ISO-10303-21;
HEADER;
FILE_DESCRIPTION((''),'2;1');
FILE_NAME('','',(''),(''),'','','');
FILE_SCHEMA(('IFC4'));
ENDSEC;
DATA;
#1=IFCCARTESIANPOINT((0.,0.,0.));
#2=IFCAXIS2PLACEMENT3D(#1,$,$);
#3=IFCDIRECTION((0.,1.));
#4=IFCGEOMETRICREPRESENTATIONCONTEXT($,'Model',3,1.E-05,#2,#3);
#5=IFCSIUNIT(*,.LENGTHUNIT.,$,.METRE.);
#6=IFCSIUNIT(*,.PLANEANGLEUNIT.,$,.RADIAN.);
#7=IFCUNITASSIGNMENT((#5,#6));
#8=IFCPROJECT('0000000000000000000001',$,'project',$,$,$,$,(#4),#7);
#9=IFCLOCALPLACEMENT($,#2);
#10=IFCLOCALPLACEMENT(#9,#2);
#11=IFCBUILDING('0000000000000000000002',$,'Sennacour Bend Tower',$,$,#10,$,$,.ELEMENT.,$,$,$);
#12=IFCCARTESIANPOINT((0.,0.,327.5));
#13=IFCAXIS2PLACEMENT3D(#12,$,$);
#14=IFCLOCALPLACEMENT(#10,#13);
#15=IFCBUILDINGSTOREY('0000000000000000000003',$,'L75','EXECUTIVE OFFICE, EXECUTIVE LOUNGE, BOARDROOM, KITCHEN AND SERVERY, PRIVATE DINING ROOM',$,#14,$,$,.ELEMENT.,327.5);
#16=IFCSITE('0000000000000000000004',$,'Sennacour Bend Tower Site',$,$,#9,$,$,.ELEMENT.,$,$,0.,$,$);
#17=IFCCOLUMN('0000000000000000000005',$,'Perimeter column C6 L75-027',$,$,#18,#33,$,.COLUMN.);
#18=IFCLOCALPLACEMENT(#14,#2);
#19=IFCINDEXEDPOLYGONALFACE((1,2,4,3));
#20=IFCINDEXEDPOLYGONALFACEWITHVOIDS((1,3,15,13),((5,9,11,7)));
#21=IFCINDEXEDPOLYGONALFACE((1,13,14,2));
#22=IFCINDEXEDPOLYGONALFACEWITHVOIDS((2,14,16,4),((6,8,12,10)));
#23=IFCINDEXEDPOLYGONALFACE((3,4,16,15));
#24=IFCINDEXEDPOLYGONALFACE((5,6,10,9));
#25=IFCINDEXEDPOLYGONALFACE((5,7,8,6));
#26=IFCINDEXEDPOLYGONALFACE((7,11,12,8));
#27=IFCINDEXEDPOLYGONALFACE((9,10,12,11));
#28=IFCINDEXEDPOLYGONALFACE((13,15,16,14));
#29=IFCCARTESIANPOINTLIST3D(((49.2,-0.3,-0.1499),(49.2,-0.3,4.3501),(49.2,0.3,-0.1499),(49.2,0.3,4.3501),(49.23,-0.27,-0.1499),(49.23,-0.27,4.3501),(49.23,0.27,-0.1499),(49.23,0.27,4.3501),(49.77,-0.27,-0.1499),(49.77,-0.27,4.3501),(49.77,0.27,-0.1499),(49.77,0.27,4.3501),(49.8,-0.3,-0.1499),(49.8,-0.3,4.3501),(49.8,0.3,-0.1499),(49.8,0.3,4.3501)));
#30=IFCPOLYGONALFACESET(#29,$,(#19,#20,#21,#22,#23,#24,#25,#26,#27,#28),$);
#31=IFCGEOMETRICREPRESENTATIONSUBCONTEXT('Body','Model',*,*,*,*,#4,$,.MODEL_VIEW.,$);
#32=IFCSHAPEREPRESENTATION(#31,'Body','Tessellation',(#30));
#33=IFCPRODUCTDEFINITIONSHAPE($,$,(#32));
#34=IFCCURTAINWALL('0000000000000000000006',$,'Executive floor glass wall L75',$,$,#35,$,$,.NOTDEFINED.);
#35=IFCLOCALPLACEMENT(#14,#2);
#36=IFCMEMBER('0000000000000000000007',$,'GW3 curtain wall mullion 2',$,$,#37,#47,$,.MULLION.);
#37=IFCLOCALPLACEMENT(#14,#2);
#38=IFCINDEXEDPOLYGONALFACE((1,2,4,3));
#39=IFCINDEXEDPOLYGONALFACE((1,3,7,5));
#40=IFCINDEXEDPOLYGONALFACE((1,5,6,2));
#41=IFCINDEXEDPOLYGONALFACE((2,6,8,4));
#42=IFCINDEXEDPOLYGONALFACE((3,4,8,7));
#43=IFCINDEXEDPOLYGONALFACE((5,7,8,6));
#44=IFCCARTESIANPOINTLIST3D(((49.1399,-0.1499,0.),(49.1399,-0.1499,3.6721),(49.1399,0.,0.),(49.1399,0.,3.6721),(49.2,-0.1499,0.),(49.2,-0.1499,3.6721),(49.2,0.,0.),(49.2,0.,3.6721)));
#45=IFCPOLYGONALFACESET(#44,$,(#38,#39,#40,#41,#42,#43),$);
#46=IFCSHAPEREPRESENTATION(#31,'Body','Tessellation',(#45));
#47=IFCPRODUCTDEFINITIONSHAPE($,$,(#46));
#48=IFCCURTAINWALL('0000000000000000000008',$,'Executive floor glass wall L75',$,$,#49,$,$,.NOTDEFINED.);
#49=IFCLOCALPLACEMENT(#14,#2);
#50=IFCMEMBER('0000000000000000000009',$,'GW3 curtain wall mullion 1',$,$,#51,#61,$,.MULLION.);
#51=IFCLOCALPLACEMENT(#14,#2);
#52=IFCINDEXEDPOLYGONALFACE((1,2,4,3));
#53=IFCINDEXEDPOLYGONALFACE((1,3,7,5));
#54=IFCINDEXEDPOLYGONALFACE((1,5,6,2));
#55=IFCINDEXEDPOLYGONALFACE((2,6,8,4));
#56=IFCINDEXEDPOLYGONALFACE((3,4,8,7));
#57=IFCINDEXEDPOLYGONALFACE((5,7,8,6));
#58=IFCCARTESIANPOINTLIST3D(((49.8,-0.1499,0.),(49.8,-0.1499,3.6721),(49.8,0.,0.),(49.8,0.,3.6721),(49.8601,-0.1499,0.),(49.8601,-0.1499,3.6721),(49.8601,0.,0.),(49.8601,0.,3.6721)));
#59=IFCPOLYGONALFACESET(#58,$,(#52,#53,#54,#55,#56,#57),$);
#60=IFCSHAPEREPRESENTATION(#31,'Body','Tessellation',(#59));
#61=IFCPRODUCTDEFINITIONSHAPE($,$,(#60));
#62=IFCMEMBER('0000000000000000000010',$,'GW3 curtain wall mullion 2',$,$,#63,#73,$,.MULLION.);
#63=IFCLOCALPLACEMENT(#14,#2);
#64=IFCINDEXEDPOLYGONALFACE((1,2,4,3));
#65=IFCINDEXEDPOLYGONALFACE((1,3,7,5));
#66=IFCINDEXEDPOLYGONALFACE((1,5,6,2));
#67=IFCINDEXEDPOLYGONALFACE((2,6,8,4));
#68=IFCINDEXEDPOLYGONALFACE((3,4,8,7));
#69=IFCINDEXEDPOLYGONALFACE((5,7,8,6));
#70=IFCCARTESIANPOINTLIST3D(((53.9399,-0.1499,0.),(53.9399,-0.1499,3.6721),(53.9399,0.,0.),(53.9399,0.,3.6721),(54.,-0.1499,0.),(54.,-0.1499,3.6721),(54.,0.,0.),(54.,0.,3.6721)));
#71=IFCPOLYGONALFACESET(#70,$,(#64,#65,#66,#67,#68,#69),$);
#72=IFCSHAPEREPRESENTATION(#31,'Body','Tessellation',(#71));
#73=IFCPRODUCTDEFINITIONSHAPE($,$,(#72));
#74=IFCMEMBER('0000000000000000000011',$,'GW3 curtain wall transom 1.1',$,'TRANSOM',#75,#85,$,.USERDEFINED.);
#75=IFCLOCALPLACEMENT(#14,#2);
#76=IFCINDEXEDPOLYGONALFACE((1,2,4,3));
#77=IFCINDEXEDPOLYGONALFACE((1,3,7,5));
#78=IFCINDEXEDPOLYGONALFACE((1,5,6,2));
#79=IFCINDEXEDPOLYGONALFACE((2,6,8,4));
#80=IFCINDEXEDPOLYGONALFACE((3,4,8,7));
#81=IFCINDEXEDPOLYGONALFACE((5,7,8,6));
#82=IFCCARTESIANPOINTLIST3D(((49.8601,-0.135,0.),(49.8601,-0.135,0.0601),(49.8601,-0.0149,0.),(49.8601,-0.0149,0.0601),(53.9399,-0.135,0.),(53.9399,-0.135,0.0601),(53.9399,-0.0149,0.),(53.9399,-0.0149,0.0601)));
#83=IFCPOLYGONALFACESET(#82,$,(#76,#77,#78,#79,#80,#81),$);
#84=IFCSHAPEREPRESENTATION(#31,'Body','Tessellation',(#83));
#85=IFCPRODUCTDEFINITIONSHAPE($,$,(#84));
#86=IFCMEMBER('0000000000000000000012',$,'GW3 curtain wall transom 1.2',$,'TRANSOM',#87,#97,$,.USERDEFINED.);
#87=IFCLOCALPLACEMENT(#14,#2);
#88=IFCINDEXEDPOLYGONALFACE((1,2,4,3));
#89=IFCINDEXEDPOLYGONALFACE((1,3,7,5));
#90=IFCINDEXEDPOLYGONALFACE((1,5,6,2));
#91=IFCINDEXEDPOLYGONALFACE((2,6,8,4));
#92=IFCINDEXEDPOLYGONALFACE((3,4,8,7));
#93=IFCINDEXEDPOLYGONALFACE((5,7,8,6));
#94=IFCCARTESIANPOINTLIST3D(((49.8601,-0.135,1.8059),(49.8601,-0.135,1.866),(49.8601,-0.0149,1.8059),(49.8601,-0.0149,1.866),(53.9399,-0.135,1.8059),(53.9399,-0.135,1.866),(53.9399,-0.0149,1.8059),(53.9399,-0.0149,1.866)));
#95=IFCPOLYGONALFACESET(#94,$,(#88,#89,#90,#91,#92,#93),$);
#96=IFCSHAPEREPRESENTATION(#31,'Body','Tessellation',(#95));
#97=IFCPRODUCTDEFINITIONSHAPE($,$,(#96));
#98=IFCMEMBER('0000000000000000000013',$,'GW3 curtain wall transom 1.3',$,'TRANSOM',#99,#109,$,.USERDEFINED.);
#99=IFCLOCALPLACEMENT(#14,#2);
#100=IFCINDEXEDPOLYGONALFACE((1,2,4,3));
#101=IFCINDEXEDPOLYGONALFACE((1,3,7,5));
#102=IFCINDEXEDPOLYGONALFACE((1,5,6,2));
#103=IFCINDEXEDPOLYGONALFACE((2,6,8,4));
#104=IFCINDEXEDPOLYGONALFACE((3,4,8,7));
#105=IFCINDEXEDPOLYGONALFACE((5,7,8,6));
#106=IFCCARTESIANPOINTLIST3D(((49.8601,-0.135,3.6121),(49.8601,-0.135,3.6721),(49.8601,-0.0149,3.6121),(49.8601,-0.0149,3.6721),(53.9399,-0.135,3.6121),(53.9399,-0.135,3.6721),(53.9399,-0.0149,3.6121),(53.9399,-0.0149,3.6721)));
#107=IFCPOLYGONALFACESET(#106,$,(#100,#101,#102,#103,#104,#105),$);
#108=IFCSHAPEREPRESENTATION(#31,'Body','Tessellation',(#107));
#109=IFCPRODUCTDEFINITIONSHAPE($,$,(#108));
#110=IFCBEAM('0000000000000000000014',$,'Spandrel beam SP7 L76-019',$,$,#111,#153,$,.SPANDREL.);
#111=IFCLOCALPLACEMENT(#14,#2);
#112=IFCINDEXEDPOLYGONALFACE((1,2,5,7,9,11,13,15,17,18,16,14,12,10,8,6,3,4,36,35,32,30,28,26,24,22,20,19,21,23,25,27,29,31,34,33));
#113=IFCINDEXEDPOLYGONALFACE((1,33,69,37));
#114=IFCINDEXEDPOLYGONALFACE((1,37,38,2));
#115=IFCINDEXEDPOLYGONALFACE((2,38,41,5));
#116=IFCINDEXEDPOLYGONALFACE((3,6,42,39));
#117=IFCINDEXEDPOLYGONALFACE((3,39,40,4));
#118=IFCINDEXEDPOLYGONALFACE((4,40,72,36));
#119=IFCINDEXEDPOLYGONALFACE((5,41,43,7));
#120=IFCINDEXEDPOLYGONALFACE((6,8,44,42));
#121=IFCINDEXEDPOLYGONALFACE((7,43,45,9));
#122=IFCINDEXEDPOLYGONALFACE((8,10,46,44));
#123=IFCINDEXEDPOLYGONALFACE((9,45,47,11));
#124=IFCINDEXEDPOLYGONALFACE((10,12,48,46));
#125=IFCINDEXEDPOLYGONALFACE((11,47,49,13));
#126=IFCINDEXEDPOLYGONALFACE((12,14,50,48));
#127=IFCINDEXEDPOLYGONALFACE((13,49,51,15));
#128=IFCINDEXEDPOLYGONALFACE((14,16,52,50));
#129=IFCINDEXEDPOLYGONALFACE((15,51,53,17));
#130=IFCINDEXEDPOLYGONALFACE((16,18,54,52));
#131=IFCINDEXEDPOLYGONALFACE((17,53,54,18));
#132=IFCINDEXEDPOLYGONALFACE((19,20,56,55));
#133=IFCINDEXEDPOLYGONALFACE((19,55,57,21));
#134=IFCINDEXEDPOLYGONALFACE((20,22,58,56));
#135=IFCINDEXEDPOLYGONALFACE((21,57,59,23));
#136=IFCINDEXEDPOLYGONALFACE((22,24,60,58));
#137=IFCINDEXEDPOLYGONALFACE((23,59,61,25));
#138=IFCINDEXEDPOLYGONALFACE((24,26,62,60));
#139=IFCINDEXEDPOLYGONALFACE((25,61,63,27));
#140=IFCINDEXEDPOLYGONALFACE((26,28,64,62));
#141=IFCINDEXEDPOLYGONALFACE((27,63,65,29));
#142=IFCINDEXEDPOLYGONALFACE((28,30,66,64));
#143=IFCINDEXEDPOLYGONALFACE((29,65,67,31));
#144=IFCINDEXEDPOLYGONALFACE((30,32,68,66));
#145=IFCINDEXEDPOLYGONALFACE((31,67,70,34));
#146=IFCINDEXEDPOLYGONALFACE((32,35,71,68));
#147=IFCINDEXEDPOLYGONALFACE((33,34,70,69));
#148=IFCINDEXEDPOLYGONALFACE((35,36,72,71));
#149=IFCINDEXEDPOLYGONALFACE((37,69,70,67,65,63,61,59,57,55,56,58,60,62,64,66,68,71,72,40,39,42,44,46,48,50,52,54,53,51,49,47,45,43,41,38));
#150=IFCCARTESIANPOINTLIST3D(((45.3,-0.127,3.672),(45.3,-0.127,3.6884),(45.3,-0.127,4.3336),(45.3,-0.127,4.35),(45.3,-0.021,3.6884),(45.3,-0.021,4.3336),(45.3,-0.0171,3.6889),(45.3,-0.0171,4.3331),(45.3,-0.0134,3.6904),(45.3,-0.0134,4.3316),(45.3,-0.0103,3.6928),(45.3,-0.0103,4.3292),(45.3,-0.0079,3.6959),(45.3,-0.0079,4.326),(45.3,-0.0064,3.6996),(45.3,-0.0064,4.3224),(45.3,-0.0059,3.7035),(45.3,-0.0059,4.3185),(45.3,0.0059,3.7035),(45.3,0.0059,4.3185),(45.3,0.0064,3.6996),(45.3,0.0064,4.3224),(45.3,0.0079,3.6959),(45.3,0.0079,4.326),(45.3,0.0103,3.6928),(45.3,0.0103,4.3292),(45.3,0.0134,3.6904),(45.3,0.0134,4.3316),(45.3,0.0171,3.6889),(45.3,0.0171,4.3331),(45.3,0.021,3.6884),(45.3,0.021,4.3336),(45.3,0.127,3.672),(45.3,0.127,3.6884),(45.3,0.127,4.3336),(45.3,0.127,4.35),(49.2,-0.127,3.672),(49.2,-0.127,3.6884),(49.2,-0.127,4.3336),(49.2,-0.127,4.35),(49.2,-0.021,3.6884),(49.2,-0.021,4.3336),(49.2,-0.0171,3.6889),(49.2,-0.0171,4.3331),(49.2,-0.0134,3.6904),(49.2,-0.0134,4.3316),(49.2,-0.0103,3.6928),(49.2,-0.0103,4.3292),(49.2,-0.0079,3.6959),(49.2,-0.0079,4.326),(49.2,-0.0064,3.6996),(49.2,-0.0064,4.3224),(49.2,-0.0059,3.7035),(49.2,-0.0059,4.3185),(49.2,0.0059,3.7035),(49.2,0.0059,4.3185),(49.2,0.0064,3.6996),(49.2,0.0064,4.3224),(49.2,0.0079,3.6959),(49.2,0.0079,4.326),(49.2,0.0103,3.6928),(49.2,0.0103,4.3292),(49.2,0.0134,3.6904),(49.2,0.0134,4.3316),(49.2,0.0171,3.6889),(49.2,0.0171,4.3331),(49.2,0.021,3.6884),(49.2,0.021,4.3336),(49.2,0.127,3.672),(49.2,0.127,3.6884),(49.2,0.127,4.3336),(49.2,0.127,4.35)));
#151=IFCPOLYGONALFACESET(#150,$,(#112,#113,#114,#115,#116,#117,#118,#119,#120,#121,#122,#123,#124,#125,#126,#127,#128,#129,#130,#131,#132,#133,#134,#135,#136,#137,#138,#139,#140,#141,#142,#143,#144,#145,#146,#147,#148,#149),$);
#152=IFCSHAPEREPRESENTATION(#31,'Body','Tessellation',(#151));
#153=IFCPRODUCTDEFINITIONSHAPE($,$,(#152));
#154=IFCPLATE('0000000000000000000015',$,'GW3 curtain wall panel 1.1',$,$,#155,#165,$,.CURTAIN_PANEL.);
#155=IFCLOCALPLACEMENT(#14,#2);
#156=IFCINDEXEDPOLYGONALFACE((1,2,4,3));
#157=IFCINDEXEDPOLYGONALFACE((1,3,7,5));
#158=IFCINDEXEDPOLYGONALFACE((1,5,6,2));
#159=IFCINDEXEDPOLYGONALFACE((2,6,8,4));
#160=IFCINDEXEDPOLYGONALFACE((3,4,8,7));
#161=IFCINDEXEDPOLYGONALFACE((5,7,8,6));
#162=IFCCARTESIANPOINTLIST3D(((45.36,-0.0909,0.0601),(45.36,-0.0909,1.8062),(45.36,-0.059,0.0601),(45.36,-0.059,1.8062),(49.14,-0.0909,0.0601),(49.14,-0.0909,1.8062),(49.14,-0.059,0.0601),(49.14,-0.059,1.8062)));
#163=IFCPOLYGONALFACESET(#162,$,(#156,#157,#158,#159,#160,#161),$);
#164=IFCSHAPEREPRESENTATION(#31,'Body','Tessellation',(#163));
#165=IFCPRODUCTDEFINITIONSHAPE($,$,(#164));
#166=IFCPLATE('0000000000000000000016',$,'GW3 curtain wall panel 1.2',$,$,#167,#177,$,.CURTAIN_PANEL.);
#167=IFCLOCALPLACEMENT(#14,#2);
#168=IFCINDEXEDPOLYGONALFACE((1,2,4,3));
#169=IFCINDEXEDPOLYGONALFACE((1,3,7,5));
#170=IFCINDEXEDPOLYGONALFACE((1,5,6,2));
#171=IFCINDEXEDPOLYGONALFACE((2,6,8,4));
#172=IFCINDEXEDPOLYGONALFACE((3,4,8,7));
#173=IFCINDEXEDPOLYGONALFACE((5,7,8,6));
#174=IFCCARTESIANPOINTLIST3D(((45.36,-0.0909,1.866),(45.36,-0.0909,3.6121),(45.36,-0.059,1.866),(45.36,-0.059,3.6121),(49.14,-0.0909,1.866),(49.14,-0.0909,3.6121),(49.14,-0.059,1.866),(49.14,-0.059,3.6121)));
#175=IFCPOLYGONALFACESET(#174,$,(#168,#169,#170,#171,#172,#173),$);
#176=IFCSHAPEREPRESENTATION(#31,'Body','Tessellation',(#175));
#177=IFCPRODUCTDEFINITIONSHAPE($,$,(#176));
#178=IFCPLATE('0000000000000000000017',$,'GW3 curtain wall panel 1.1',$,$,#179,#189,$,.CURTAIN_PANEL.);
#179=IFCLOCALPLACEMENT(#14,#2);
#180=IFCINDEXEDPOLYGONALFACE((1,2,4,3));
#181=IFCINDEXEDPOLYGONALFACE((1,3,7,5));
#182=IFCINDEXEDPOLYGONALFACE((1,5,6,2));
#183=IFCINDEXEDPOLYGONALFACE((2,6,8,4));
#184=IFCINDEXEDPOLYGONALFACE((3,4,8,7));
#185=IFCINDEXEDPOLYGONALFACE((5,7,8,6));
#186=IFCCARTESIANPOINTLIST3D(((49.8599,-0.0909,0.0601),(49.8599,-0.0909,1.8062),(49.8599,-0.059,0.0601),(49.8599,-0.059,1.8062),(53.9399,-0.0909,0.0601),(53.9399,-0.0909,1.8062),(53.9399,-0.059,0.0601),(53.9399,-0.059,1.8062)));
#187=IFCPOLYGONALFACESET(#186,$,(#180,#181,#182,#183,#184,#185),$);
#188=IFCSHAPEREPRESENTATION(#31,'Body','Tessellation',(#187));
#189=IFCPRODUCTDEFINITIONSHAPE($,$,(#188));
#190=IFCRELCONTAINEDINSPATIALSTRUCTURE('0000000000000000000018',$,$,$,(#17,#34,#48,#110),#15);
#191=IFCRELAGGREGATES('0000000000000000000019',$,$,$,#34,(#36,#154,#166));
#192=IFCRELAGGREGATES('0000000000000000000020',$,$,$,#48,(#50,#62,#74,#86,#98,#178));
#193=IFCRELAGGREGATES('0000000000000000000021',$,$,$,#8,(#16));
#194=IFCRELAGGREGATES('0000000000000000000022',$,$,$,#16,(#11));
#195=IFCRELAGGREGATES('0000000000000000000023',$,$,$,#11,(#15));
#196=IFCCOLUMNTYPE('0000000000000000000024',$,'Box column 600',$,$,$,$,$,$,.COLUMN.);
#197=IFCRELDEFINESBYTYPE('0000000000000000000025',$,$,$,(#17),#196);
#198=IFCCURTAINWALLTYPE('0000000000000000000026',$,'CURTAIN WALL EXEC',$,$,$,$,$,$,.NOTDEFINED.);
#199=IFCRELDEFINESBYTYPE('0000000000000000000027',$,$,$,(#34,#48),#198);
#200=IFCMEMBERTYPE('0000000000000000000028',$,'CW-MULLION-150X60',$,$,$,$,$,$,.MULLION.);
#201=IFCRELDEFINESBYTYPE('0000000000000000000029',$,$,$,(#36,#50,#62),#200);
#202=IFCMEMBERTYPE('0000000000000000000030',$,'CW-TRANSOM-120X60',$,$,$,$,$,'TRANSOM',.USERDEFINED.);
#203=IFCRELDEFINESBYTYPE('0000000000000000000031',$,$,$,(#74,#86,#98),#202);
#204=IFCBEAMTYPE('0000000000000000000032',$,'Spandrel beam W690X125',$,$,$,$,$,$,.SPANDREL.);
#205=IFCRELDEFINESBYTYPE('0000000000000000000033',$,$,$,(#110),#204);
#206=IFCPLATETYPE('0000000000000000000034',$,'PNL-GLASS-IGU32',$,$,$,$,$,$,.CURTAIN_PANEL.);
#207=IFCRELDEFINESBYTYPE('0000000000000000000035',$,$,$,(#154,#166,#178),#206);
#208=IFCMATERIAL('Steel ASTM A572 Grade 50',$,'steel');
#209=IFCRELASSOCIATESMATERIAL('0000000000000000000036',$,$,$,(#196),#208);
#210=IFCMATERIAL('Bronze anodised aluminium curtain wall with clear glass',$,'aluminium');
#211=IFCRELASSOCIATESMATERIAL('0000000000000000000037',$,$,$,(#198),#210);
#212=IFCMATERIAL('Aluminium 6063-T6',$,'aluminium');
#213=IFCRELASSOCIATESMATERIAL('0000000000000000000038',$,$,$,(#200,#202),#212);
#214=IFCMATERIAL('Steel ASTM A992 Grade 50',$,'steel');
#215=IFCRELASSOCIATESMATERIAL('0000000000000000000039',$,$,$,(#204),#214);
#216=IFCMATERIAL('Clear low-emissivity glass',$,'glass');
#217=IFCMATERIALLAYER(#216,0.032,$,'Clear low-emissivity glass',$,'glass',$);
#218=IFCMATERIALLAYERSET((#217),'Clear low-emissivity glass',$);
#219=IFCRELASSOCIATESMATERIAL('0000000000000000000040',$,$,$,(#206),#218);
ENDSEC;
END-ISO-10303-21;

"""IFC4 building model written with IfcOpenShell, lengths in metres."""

from ifc_helpers import new_model, si_unit, direction, frame, origin, origin_2d, place, context, subcontext, project, spatial, rectangle, hollow_rectangle, i_section, extrude, material, layer, layer_set, material_profile, profile_set, type_object, element, aggregate, save


model = new_model("IFC4")

# Units and contexts
model_context = context("Model", 3, precision=1e-05, world=origin(), true_north=direction((0.0, 1.0)))
body_context = subcontext(model_context, "Body", "Model", "MODEL_VIEW")
ifc_project = project(units=[si_unit("LENGTHUNIT", "METRE"), si_unit("PLANEANGLEUNIT", "RADIAN")], contexts=[model_context])

# Site, building, storey
site_placement = place(None, origin())
site = spatial("IfcSite", under=ifc_project, at=site_placement, Name="Sennacour Bend Tower Site", CompositionType="ELEMENT", RefElevation=0.0)
building_placement = place(site_placement, origin())
building = spatial("IfcBuilding", under=site, at=building_placement, Name="Sennacour Bend Tower", CompositionType="ELEMENT")
storey_placement = place(building_placement, frame((0.0, 0.0, 327.5)))
storey = spatial("IfcBuildingStorey", under=building, at=storey_placement, Name="L75", Description="EXECUTIVE OFFICE, EXECUTIVE LOUNGE, BOARDROOM, KITCHEN AND SERVERY, PRIVATE DINING ROOM", CompositionType="ELEMENT", Elevation=327.5)

# Column
ifc_material_1 = material(Name="Steel ASTM A572 Grade 50", Category="steel")
ifc_material_profile_1 = material_profile(ifc_material_1, hollow_rectangle(XDim=0.6001, YDim=0.6001, WallThickness=0.03, at=origin_2d()), Name="Steel ASTM A572 Grade 50", Category="steel")
ifc_profile_set_1 = profile_set([ifc_material_profile_1], Name="Steel ASTM A572 Grade 50")
column_type = type_object("IfcColumnType", Name="Box column 600", PredefinedType="COLUMN", material=ifc_profile_set_1)
column_placement = place(storey_placement, frame((49.5, 0.0, -0.1499), z_axis=(0.0, 0.0, 1.0), x_axis=(1.0, 0.0, 0.0)))
element("IfcColumn", 1, at=column_placement, inside=storey, type_object=column_type, Name="Perimeter column C6 L75-027", PredefinedType="COLUMN", context=body_context, shape_type="SweptSolid", body=[
    extrude(hollow_rectangle(XDim=0.6001, YDim=0.6001, WallThickness=0.03, at=origin_2d()), origin(), (0.0, 0.0, 1.0), 4.5),
])

# Curtain wall, member
ifc_material_2 = material(Name="Bronze anodised aluminium curtain wall with clear glass", Category="aluminium")
curtain_wall_type = type_object("IfcCurtainWallType", Name="CURTAIN WALL EXEC", PredefinedType="NOTDEFINED", material=ifc_material_2)
curtain_wall_1_placement = place(storey_placement, origin())
curtain_wall_1 = element("IfcCurtainWall", 2, at=curtain_wall_1_placement, inside=storey, type_object=curtain_wall_type, Name="Executive floor glass wall L75", PredefinedType="NOTDEFINED")
ifc_material_3 = material(Name="Aluminium 6063-T6", Category="aluminium")
ifc_material_profile_2 = material_profile(ifc_material_3, rectangle(XDim=0.1499, YDim=0.0601, at=origin_2d()), Name="Aluminium 6063-T6", Category="aluminium")
ifc_profile_set_2 = profile_set([ifc_material_profile_2], Name="Aluminium 6063-T6")
member_type_1 = type_object("IfcMemberType", Name="CW-MULLION-150X60", PredefinedType="MULLION", material=ifc_profile_set_2)
member_1_placement = place(storey_placement, frame((49.1699, -0.075, 0.0), z_axis=(0.0, 0.0, 1.0), x_axis=(0.0, 1.0, 0.0)))
member_1 = element("IfcMember", 3, at=member_1_placement, type_object=member_type_1, Name="GW3 curtain wall mullion 2", PredefinedType="MULLION", context=body_context, shape_type="SweptSolid", body=[
    extrude(rectangle(XDim=0.1499, YDim=0.0601, at=origin_2d()), origin(), (0.0, 0.0, 1.0), 3.6721),
])

# Curtain wall, members
curtain_wall_2_placement = place(storey_placement, origin())
curtain_wall_2 = element("IfcCurtainWall", 4, at=curtain_wall_2_placement, inside=storey, type_object=curtain_wall_type, Name="Executive floor glass wall L75", PredefinedType="NOTDEFINED")
member_2_placement = place(storey_placement, frame((49.8301, -0.075, 0.0), z_axis=(0.0, 0.0, 1.0), x_axis=(0.0, 1.0, 0.0)))
member_2 = element("IfcMember", 5, at=member_2_placement, type_object=member_type_1, Name="GW3 curtain wall mullion 1", PredefinedType="MULLION", context=body_context, shape_type="SweptSolid", body=[
    extrude(rectangle(XDim=0.1499, YDim=0.0601, at=origin_2d()), origin(), (0.0, 0.0, 1.0), 3.6721),
])
member_3_placement = place(storey_placement, frame((53.97, -0.075, 0.0), z_axis=(0.0, 0.0, 1.0), x_axis=(0.0, 1.0, 0.0)))
member_3 = element("IfcMember", 6, at=member_3_placement, type_object=member_type_1, Name="GW3 curtain wall mullion 2", PredefinedType="MULLION", context=body_context, shape_type="SweptSolid", body=[
    extrude(rectangle(XDim=0.1499, YDim=0.0601, at=origin_2d()), origin(), (0.0, 0.0, 1.0), 3.6721),
])
ifc_material_profile_3 = material_profile(ifc_material_3, rectangle(XDim=0.1201, YDim=0.0601, at=origin_2d()), Name="Aluminium 6063-T6", Category="aluminium")
ifc_profile_set_3 = profile_set([ifc_material_profile_3], Name="Aluminium 6063-T6")
member_type_2 = type_object("IfcMemberType", Name="CW-TRANSOM-120X60", ElementType="TRANSOM", PredefinedType="USERDEFINED", material=ifc_profile_set_3)
member_4_placement = place(storey_placement, frame((49.8601, -0.075, 0.03), z_axis=(1.0, 0.0, 0.0), x_axis=(0.0, 1.0, 0.0)))
member_4 = element("IfcMember", 7, at=member_4_placement, type_object=member_type_2, Name="GW3 curtain wall transom 1.1", ObjectType="TRANSOM", PredefinedType="USERDEFINED", context=body_context, shape_type="SweptSolid", body=[
    extrude(rectangle(XDim=0.1201, YDim=0.0601, at=origin_2d()), origin(), (0.0, 0.0, 1.0), 4.0798),
])
member_5_placement = place(storey_placement, frame((49.8601, -0.075, 1.8359), z_axis=(1.0, 0.0, 0.0), x_axis=(0.0, 1.0, 0.0)))
member_5 = element("IfcMember", 8, at=member_5_placement, type_object=member_type_2, Name="GW3 curtain wall transom 1.2", ObjectType="TRANSOM", PredefinedType="USERDEFINED", context=body_context, shape_type="SweptSolid", body=[
    extrude(rectangle(XDim=0.1201, YDim=0.0601, at=origin_2d()), origin(), (0.0, 0.0, 1.0), 4.0798),
])
member_6_placement = place(storey_placement, frame((49.8601, -0.075, 3.6421), z_axis=(1.0, 0.0, 0.0), x_axis=(0.0, 1.0, 0.0)))
member_6 = element("IfcMember", 9, at=member_6_placement, type_object=member_type_2, Name="GW3 curtain wall transom 1.3", ObjectType="TRANSOM", PredefinedType="USERDEFINED", context=body_context, shape_type="SweptSolid", body=[
    extrude(rectangle(XDim=0.1201, YDim=0.0601, at=origin_2d()), origin(), (0.0, 0.0, 1.0), 4.0798),
])

# Beam
ifc_material_4 = material(Name="Steel ASTM A992 Grade 50", Category="steel")
ifc_material_profile_4 = material_profile(ifc_material_4, i_section(OverallWidth=0.2539, OverallDepth=0.678, WebThickness=0.0117, FlangeThickness=0.0164, FilletRadius=0.0151, at=origin_2d()), Name="Steel ASTM A992 Grade 50", Category="steel")
ifc_profile_set_4 = profile_set([ifc_material_profile_4], Name="Steel ASTM A992 Grade 50")
beam_type = type_object("IfcBeamType", Name="Spandrel beam W690X125", PredefinedType="SPANDREL", material=ifc_profile_set_4)
beam_placement = place(storey_placement, frame((49.2, 0.0, 4.011), z_axis=(-1.0, 0.0, 0.0), x_axis=(0.0, -1.0, 0.0)))
element("IfcBeam", 10, at=beam_placement, inside=storey, type_object=beam_type, Name="Spandrel beam SP7 L76-019", PredefinedType="SPANDREL", context=body_context, shape_type="SweptSolid", body=[
    extrude(i_section(OverallWidth=0.2539, OverallDepth=0.678, WebThickness=0.0117, FlangeThickness=0.0164, FilletRadius=0.0151, at=origin_2d()), origin(), (0.0, 0.0, 1.0), 3.8999),
])

# Plates
ifc_material_5 = material(Name="Clear low-emissivity glass", Category="glass")
ifc_layer = layer(ifc_material_5, 0.032, Name="Clear low-emissivity glass", Category="glass")
ifc_layer_set = layer_set([ifc_layer], Name="Clear low-emissivity glass")
plate_type = type_object("IfcPlateType", Name="PNL-GLASS-IGU32", PredefinedType="CURTAIN_PANEL", material=ifc_layer_set)
plate_1_placement = place(storey_placement, frame((47.25, -0.075, 0.0601), z_axis=(0.0, 0.0, 1.0), x_axis=(1.0, 0.0, 0.0)))
plate_1 = element("IfcPlate", 11, at=plate_1_placement, type_object=plate_type, Name="GW3 curtain wall panel 1.1", PredefinedType="CURTAIN_PANEL", context=body_context, shape_type="SweptSolid", body=[
    extrude(rectangle(XDim=3.78, YDim=0.032, at=origin_2d()), origin(), (0.0, 0.0, 1.0), 1.7461),
])
plate_2_placement = place(storey_placement, frame((47.25, -0.075, 1.866), z_axis=(0.0, 0.0, 1.0), x_axis=(1.0, 0.0, 0.0)))
plate_2 = element("IfcPlate", 12, at=plate_2_placement, type_object=plate_type, Name="GW3 curtain wall panel 1.2", PredefinedType="CURTAIN_PANEL", context=body_context, shape_type="SweptSolid", body=[
    extrude(rectangle(XDim=3.78, YDim=0.032, at=origin_2d()), origin(), (0.0, 0.0, 1.0), 1.7461),
])
aggregate(curtain_wall_1, [member_1, plate_1, plate_2])
plate_3_placement = place(storey_placement, frame((51.8999, -0.075, 0.0601), z_axis=(0.0, 0.0, 1.0), x_axis=(1.0, 0.0, 0.0)))
plate_3 = element("IfcPlate", 13, at=plate_3_placement, type_object=plate_type, Name="GW3 curtain wall panel 1.1", PredefinedType="CURTAIN_PANEL", context=body_context, shape_type="SweptSolid", body=[
    extrude(rectangle(XDim=4.0801, YDim=0.032, at=origin_2d()), origin(), (0.0, 0.0, 1.0), 1.7461),
])
aggregate(curtain_wall_2, [member_2, member_3, member_4, member_5, member_6, plate_3])

save(model, "model.ifc")
